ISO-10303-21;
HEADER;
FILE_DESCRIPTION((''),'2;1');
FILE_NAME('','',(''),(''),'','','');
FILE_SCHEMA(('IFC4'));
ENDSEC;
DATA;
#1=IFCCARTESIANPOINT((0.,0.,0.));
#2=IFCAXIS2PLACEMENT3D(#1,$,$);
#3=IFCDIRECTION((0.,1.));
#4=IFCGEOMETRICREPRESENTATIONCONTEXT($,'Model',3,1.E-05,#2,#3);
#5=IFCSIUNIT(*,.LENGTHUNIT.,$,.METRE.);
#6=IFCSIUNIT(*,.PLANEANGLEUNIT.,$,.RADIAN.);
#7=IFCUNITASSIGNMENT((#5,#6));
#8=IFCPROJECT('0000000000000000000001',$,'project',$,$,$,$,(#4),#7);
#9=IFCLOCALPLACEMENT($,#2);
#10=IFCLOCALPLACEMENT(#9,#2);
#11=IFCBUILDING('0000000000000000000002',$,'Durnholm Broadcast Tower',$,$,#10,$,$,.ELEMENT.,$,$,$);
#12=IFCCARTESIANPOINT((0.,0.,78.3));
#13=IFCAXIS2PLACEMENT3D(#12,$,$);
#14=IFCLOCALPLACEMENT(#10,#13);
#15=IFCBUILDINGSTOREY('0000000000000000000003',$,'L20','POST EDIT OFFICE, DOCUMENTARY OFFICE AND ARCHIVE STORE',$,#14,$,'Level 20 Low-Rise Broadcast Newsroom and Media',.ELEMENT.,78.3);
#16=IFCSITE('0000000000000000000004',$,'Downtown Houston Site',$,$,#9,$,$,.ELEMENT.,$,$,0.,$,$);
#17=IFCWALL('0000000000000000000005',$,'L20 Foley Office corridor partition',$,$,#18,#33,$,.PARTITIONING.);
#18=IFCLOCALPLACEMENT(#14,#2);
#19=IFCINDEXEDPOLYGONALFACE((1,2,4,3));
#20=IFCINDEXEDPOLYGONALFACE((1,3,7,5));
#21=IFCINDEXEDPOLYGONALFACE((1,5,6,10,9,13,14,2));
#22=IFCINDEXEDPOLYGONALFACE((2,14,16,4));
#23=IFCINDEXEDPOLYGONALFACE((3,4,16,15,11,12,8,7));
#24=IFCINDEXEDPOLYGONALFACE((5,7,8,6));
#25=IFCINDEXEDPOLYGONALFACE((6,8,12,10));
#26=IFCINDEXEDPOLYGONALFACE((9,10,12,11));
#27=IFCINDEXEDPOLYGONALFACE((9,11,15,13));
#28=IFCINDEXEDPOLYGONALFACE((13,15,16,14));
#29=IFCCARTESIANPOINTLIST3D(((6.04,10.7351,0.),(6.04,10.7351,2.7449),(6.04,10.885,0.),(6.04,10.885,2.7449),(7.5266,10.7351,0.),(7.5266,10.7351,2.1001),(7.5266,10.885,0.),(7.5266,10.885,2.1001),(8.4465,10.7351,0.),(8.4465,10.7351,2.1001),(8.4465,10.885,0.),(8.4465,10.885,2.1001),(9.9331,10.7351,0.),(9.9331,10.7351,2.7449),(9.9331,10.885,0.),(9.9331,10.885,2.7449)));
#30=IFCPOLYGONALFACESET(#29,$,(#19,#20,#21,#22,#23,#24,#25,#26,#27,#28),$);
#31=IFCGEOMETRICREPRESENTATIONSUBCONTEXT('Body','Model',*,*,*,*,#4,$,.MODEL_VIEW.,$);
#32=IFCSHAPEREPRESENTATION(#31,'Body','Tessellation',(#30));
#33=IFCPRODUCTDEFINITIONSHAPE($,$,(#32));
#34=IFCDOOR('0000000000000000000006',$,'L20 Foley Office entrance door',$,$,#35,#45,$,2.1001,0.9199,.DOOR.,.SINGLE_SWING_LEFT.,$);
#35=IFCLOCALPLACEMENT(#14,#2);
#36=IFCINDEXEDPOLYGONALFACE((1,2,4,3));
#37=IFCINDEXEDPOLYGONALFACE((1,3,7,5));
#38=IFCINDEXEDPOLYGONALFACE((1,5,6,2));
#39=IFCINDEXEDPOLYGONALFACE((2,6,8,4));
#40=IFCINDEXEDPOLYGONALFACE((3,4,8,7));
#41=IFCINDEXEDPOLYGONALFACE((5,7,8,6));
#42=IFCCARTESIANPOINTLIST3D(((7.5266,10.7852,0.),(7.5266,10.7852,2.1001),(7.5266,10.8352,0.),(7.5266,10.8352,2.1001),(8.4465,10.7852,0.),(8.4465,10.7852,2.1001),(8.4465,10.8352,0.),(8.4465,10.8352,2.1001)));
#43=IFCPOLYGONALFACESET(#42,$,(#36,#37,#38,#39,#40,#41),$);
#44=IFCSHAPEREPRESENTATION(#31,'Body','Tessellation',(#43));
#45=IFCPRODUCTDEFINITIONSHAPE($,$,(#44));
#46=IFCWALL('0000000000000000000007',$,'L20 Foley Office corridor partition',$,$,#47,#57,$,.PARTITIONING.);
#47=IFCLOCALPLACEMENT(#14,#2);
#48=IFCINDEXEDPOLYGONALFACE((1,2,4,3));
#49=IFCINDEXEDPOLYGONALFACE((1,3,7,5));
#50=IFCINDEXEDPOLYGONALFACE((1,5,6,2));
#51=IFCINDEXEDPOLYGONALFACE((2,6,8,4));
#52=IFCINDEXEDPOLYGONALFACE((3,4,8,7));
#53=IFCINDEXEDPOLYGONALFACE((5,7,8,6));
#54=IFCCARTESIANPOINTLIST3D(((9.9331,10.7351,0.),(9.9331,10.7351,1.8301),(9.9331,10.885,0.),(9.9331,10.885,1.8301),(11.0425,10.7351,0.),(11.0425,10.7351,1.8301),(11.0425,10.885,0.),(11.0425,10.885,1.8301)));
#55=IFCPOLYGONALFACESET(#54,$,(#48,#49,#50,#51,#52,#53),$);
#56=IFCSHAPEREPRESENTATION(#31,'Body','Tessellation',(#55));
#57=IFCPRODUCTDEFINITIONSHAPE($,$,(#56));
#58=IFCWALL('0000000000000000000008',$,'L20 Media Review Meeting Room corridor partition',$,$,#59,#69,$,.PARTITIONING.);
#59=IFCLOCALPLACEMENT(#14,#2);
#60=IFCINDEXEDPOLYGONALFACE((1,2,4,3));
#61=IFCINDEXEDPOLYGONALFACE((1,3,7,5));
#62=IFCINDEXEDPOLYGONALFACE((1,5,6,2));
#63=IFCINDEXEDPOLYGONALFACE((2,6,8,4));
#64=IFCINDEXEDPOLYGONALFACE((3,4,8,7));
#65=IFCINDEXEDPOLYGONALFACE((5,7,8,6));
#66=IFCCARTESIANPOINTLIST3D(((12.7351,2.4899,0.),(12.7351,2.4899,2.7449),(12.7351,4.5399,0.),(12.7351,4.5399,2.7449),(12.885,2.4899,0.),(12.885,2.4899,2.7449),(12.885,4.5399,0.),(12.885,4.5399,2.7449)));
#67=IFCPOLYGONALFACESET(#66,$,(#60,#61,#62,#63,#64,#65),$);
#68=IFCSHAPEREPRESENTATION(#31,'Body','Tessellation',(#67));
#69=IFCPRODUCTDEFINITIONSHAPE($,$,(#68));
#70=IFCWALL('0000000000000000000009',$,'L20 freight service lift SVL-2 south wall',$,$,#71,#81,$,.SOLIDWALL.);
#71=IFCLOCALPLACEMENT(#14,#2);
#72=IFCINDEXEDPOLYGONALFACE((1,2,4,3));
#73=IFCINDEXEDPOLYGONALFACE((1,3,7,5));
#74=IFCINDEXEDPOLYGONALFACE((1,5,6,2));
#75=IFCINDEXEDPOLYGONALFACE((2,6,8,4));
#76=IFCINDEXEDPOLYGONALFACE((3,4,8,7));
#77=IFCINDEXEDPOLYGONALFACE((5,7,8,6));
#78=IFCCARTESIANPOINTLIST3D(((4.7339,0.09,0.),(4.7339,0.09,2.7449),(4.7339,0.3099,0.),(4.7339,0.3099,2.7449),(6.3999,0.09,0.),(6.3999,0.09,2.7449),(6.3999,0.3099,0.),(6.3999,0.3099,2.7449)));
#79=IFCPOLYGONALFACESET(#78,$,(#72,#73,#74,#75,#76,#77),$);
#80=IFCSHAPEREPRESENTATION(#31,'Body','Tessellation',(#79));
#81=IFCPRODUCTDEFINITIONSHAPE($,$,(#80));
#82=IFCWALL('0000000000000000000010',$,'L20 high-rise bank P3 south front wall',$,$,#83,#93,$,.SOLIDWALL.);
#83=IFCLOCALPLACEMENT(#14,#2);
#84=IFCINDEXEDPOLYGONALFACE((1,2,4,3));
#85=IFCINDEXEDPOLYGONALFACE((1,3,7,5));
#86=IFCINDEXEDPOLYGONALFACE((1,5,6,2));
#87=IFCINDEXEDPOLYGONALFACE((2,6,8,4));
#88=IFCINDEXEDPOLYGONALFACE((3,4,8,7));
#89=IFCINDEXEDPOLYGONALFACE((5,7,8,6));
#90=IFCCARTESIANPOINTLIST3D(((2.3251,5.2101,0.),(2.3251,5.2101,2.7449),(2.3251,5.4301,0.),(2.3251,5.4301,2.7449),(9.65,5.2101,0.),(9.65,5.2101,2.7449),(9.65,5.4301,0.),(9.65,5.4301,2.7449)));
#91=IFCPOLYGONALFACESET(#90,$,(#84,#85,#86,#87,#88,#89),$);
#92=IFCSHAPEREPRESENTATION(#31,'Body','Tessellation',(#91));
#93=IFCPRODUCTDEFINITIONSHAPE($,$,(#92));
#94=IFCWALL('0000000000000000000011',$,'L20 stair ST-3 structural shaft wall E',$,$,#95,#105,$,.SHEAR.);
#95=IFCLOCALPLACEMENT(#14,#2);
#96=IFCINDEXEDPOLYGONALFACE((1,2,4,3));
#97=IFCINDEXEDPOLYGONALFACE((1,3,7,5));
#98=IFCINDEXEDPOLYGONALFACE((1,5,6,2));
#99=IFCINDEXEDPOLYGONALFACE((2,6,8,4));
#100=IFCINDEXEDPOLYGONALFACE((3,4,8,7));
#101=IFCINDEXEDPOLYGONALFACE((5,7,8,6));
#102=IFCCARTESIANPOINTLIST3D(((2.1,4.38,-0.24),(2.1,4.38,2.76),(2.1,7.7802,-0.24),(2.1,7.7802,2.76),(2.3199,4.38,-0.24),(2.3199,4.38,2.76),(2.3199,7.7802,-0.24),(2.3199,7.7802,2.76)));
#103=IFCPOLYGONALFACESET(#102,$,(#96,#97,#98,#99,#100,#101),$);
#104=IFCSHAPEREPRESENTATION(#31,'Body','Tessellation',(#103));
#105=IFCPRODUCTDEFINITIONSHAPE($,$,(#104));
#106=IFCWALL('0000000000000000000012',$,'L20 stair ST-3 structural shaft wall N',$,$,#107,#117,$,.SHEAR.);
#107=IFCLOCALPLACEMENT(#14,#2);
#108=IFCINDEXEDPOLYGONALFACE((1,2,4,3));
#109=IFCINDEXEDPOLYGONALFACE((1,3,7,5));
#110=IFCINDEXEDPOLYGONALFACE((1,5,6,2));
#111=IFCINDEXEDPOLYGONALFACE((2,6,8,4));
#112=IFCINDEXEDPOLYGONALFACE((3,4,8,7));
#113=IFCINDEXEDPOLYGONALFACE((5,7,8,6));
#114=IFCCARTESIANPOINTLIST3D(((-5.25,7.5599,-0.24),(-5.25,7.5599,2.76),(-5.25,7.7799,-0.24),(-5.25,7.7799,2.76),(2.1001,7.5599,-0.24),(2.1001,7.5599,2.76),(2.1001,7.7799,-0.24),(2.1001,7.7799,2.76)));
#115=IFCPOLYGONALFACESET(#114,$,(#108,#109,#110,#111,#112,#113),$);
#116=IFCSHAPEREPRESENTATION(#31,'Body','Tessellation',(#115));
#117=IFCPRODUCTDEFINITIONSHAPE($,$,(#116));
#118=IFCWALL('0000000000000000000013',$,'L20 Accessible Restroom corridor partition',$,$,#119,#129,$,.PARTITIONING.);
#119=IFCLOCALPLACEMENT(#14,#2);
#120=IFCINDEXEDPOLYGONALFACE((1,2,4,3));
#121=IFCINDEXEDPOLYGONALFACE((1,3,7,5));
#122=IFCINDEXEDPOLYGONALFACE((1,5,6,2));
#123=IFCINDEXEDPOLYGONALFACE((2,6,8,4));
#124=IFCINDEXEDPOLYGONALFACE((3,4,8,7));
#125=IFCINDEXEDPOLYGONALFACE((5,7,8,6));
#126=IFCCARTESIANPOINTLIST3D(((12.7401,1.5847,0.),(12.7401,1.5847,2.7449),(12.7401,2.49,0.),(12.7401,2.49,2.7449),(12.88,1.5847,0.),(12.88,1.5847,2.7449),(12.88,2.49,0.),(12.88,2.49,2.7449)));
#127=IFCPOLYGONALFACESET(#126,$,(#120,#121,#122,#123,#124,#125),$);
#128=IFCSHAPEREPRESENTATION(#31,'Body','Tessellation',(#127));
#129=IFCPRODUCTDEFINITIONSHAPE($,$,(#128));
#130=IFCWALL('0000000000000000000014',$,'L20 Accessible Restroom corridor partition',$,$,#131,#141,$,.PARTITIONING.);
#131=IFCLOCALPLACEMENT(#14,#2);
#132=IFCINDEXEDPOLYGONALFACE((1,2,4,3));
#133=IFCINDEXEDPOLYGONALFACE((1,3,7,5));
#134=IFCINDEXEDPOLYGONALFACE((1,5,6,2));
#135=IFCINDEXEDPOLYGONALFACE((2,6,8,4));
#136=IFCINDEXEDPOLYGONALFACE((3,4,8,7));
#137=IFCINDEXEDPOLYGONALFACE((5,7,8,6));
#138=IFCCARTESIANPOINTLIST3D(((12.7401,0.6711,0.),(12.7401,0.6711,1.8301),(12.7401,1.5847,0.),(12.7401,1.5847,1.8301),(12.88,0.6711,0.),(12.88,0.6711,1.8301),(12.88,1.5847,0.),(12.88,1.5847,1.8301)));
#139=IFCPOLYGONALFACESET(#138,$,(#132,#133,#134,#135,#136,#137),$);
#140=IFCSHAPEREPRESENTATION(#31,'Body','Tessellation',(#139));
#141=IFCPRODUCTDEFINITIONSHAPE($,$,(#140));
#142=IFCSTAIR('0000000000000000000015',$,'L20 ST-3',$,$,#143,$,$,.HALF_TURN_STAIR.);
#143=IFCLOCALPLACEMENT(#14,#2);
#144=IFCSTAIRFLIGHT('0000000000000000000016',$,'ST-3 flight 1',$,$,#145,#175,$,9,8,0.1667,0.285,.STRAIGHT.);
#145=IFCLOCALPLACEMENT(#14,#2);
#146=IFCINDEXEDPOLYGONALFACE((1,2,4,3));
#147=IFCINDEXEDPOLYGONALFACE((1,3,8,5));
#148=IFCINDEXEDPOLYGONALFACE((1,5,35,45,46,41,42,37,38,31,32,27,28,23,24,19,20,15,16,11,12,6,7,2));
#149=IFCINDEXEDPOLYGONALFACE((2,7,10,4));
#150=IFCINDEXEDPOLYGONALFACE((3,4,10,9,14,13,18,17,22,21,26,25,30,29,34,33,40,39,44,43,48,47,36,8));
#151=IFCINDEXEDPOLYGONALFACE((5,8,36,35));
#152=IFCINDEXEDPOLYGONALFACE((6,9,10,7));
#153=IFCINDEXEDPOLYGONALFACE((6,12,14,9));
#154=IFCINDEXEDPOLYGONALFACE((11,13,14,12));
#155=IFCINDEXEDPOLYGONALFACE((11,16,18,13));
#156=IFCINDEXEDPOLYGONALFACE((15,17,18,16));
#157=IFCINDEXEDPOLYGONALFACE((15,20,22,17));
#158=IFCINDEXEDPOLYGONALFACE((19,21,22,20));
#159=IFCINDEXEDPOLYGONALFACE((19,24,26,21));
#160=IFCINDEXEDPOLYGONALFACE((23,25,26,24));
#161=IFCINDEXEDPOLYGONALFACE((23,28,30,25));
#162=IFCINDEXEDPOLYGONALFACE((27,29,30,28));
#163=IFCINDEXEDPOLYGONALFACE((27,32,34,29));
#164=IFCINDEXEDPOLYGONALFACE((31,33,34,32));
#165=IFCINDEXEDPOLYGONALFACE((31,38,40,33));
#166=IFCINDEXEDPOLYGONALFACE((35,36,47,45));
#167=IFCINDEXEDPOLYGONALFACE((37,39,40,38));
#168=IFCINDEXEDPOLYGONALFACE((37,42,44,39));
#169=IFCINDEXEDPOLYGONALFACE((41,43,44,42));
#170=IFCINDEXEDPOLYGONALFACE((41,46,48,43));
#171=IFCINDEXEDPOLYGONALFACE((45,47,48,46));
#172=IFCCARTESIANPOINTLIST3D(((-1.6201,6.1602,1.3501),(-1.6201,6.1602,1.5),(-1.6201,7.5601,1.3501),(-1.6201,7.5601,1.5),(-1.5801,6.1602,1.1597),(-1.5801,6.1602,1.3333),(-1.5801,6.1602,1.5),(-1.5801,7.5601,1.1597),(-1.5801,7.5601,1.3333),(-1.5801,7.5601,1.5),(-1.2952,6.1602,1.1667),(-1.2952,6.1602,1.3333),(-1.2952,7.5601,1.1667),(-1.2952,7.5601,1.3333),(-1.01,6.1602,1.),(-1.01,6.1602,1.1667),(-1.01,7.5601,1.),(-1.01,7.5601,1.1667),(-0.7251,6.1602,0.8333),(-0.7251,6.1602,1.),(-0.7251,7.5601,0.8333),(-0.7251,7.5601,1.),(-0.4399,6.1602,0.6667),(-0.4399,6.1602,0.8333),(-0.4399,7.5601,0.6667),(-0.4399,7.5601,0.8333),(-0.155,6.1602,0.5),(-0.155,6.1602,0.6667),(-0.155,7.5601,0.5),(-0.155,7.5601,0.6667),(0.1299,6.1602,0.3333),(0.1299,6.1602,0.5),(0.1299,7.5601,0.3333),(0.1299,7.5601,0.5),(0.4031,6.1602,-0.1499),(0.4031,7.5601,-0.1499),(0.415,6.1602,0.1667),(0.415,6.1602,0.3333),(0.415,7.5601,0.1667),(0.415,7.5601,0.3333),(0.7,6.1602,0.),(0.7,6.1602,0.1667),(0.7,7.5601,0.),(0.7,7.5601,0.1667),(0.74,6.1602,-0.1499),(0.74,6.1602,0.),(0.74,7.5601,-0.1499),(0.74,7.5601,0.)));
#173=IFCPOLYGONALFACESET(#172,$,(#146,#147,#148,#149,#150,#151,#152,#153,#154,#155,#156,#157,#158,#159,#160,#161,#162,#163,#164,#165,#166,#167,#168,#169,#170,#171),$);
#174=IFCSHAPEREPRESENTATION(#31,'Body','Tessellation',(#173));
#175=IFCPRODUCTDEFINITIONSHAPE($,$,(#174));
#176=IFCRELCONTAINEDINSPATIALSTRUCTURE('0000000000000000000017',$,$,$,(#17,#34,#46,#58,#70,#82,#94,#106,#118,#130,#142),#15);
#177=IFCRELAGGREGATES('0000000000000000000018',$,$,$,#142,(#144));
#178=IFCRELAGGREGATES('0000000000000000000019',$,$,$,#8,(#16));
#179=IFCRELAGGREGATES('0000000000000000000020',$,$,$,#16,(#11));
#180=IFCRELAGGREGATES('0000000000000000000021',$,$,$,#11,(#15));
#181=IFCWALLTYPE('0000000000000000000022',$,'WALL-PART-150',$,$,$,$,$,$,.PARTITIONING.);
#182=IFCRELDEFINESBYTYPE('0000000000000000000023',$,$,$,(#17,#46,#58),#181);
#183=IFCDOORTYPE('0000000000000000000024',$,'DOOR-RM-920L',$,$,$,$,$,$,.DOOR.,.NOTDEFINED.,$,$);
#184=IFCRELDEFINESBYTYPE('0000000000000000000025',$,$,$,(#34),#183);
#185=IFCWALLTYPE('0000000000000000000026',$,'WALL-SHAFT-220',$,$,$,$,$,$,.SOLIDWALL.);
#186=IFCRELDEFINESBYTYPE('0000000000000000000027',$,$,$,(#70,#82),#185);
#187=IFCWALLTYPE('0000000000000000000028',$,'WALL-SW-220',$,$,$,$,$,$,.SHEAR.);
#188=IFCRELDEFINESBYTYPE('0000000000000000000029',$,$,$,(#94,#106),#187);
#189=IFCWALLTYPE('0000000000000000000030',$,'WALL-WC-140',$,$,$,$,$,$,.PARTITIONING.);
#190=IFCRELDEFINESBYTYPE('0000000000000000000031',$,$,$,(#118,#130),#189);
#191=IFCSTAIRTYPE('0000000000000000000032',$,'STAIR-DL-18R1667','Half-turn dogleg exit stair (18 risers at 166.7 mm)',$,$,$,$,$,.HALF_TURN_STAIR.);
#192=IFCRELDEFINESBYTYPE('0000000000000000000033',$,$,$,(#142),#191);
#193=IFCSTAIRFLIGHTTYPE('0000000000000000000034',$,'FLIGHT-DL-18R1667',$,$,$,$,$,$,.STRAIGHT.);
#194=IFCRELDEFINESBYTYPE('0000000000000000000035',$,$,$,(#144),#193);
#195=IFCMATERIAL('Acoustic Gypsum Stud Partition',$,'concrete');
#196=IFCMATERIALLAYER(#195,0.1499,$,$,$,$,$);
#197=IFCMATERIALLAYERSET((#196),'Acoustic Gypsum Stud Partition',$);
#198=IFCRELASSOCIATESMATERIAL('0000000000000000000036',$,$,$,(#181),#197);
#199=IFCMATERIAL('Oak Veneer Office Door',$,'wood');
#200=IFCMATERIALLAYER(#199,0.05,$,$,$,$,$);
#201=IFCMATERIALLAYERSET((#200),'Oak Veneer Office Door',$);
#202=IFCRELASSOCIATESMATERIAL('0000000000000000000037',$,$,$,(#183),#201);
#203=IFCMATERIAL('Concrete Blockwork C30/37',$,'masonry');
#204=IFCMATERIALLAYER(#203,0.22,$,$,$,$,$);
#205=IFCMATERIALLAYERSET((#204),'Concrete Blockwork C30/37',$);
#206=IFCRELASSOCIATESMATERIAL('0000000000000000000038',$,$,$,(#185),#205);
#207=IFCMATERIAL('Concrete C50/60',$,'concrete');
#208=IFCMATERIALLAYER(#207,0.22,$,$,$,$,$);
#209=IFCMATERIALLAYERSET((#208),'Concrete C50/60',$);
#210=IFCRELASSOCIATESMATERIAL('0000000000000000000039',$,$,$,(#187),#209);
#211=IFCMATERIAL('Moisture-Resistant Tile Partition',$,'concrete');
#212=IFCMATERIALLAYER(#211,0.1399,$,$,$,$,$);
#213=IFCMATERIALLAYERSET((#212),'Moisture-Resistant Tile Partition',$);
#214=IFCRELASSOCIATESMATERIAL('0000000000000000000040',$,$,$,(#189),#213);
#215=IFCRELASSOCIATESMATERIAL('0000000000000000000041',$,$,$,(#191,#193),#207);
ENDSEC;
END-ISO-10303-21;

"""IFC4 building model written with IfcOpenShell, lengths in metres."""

from ifc_helpers import new_model, si_unit, direction, frame, frame_2d, origin, place, context, subcontext, project, spatial, polyline, rectangle, outline, extrude, source, transform, mapped, material, layer, layer_set, type_object, type_shapes, element, fill, aggregate, save


model = new_model("IFC4")

# Units and contexts
model_context = context("Model", 3, precision=1e-05, world=origin(), true_north=direction((0.0, 1.0)))
body_context = subcontext(model_context, "Body", "Model", "MODEL_VIEW")
ifc_project = project(units=[si_unit("LENGTHUNIT", "METRE"), si_unit("PLANEANGLEUNIT", "RADIAN")], contexts=[model_context])

# Site, building, storey
site_placement = place(None, origin())
site = spatial("IfcSite", under=ifc_project, at=site_placement, Name="Downtown Houston Site", CompositionType="ELEMENT", RefElevation=0.0)
building_placement = place(site_placement, origin())
building = spatial("IfcBuilding", under=site, at=building_placement, Name="Durnholm Broadcast Tower", CompositionType="ELEMENT")
storey_placement = place(building_placement, frame((0.0, 0.0, 78.3)))
storey = spatial("IfcBuildingStorey", under=building, at=storey_placement, Name="L20", Description="POST EDIT OFFICE, DOCUMENTARY OFFICE AND ARCHIVE STORE", LongName="Level 20 Low-Rise Broadcast Newsroom and Media", CompositionType="ELEMENT", Elevation=78.3)

# Shared definitions
ifc_material_1 = material(Name="Acoustic Gypsum Stud Partition", Category="concrete")
ifc_layer_1 = layer(ifc_material_1, 0.1499)
ifc_layer_set_1 = layer_set([ifc_layer_1], Name="Acoustic Gypsum Stud Partition")
wall_type_1 = type_object("IfcWallType", Name="WALL-PART-150", PredefinedType="PARTITIONING", material=ifc_layer_set_1)

# Wall, opening, door
wall_1_placement = place(storey_placement, frame((9.9331, 10.8101, 0.0), z_axis=(0.0, 0.0, 1.0), x_axis=(-1.0, 0.0, 0.0)))
wall_1 = element("IfcWall", 1, at=wall_1_placement, inside=storey, type_object=wall_type_1, Name="L20 Foley Office corridor partition", PredefinedType="PARTITIONING", context=body_context, shape_type="SweptSolid", body=[
    extrude(rectangle(XDim=3.8931, YDim=0.1499, at=frame_2d((1.9465, 0.0))), origin(), (0.0, 0.0, 1.0), 2.7449),
])
opening_1_placement = place(wall_1_placement, frame((1.4866, 0.0, 0.0)))
opening_1 = element("IfcOpeningElement", 2, at=opening_1_placement, cuts=wall_1, PredefinedType="OPENING", context=body_context, shape_type="SweptSolid", body=[
    extrude(rectangle(XDim=0.9199, YDim=2.1001, at=frame_2d((0.46, 1.05))), frame((0.0, 0.085, 0.0), z_axis=(0.0, -1.0, 0.0), x_axis=(1.0, 0.0, 0.0)), (0.0, 0.0, 1.0), 0.1699),
])
ifc_material_2 = material(Name="Oak Veneer Office Door", Category="wood")
ifc_layer_2 = layer(ifc_material_2, 0.05)
ifc_layer_set_2 = layer_set([ifc_layer_2], Name="Oak Veneer Office Door")
door_type_1 = type_object("IfcDoorType", Name="DOOR-RM-920L", OperationType="NOTDEFINED", PredefinedType="DOOR", material=ifc_layer_set_2)
shared_shape_1 = source(origin(), body_context, "Body", "SweptSolid", [
    extrude(rectangle(XDim=0.9199, YDim=2.1001, at=frame_2d((0.46, 1.05))), frame((0.0, 0.0249, 0.0), z_axis=(0.0, -1.0, 0.0), x_axis=(1.0, 0.0, 0.0)), (0.0, 0.0, 1.0), 0.05),
])
type_shapes(door_type_1, [shared_shape_1])
door_1_placement = place(opening_1_placement, origin())
door_1 = element("IfcDoor", 3, at=door_1_placement, inside=storey, type_object=door_type_1, Name="L20 Foley Office entrance door", OperationType="SINGLE_SWING_LEFT", OverallHeight=2.1001, OverallWidth=0.9199, PredefinedType="DOOR", context=body_context, shape_type="MappedRepresentation", body=[
    mapped(shared_shape_1, transform((0.0, 0.0, 0.0), x_axis=(1.0, 0.0, 0.0), y_axis=(0.0, 1.0, 0.0), z_axis=(0.0, 0.0, 1.0), scale=1.0)),
])
fill(opening_1, door_1)

# Walls
wall_2_placement = place(storey_placement, frame((11.0425, 10.8101, 0.0), z_axis=(0.0, 0.0, 1.0), x_axis=(-1.0, 0.0, 0.0)))
element("IfcWall", 4, at=wall_2_placement, inside=storey, type_object=wall_type_1, Name="L20 Foley Office corridor partition", PredefinedType="PARTITIONING", context=body_context, shape_type="SweptSolid", body=[
    extrude(rectangle(XDim=1.1094, YDim=0.1499, at=frame_2d((0.5547, 0.0))), origin(), (0.0, 0.0, 1.0), 1.8301),
])
wall_3_placement = place(storey_placement, frame((12.8101, 2.49, 0.0), z_axis=(0.0, 0.0, 1.0), x_axis=(0.0, 1.0, 0.0)))
element("IfcWall", 5, at=wall_3_placement, inside=storey, type_object=wall_type_1, Name="L20 Media Review Meeting Room corridor partition", PredefinedType="PARTITIONING", context=body_context, shape_type="SweptSolid", body=[
    extrude(rectangle(XDim=2.05, YDim=0.1499, at=frame_2d((1.0249, 0.0))), origin(), (0.0, 0.0, 1.0), 2.7449),
])

# Shared definitions
ifc_material_3 = material(Name="Concrete Blockwork C30/37", Category="masonry")
ifc_layer_3 = layer(ifc_material_3, 0.22)
ifc_layer_set_3 = layer_set([ifc_layer_3], Name="Concrete Blockwork C30/37")
wall_type_2 = type_object("IfcWallType", Name="WALL-SHAFT-220", PredefinedType="SOLIDWALL", material=ifc_layer_set_3)

# Walls
wall_4_placement = place(storey_placement, frame((4.7339, 0.2, 0.0), z_axis=(0.0, 0.0, 1.0), x_axis=(1.0, 0.0, 0.0)))
element("IfcWall", 6, at=wall_4_placement, inside=storey, type_object=wall_type_2, Name="L20 freight service lift SVL-2 south wall", PredefinedType="SOLIDWALL", context=body_context, shape_type="SweptSolid", body=[
    extrude(rectangle(XDim=1.666, YDim=0.22, at=frame_2d((0.833, 0.0))), origin(), (0.0, 0.0, 1.0), 2.7449),
])
wall_5_placement = place(storey_placement, frame((2.325, 5.3201, 0.0), z_axis=(0.0, 0.0, 1.0), x_axis=(1.0, 0.0, 0.0)))
element("IfcWall", 7, at=wall_5_placement, inside=storey, type_object=wall_type_2, Name="L20 high-rise bank P3 south front wall", PredefinedType="SOLIDWALL", context=body_context, shape_type="SweptSolid", body=[
    extrude(rectangle(XDim=7.325, YDim=0.22, at=frame_2d((3.6626, 0.0))), origin(), (0.0, 0.0, 1.0), 2.7449),
])
ifc_material_4 = material(Name="Concrete C50/60", Category="concrete")
ifc_layer_4 = layer(ifc_material_4, 0.22)
ifc_layer_set_4 = layer_set([ifc_layer_4], Name="Concrete C50/60")
wall_type_3 = type_object("IfcWallType", Name="WALL-SW-220", PredefinedType="SHEAR", material=ifc_layer_set_4)
wall_6_placement = place(storey_placement, frame((2.21, 4.3799, -0.24), z_axis=(0.0, 0.0, 1.0), x_axis=(0.0, 1.0, 0.0)))
element("IfcWall", 8, at=wall_6_placement, inside=storey, type_object=wall_type_3, Name="L20 stair ST-3 structural shaft wall E", PredefinedType="SHEAR", context=body_context, shape_type="SweptSolid", body=[
    extrude(rectangle(XDim=3.4001, YDim=0.22, at=frame_2d((1.7002, 0.0))), origin(), (0.0, 0.0, 1.0), 3.0),
])
wall_7_placement = place(storey_placement, frame((2.1001, 7.6699, -0.24), z_axis=(0.0, 0.0, 1.0), x_axis=(-1.0, 0.0, 0.0)))
element("IfcWall", 9, at=wall_7_placement, inside=storey, type_object=wall_type_3, Name="L20 stair ST-3 structural shaft wall N", PredefinedType="SHEAR", context=body_context, shape_type="SweptSolid", body=[
    extrude(rectangle(XDim=7.3501, YDim=0.22, at=frame_2d((3.675, 0.0))), origin(), (0.0, 0.0, 1.0), 3.0),
])
ifc_material_5 = material(Name="Moisture-Resistant Tile Partition", Category="concrete")
ifc_layer_5 = layer(ifc_material_5, 0.1399)
ifc_layer_set_5 = layer_set([ifc_layer_5], Name="Moisture-Resistant Tile Partition")
wall_type_4 = type_object("IfcWallType", Name="WALL-WC-140", PredefinedType="PARTITIONING", material=ifc_layer_set_5)
wall_8_placement = place(storey_placement, frame((12.8101, 1.5847, 0.0), z_axis=(0.0, 0.0, 1.0), x_axis=(0.0, 1.0, 0.0)))
element("IfcWall", 10, at=wall_8_placement, inside=storey, type_object=wall_type_4, Name="L20 Accessible Restroom corridor partition", PredefinedType="PARTITIONING", context=body_context, shape_type="SweptSolid", body=[
    extrude(rectangle(XDim=0.9053, YDim=0.1399, at=frame_2d((0.4526, 0.0))), origin(), (0.0, 0.0, 1.0), 2.7449),
])
wall_9_placement = place(storey_placement, frame((12.8101, 0.6711, 0.0), z_axis=(0.0, 0.0, 1.0), x_axis=(0.0, 1.0, 0.0)))
element("IfcWall", 11, at=wall_9_placement, inside=storey, type_object=wall_type_4, Name="L20 Accessible Restroom corridor partition", PredefinedType="PARTITIONING", context=body_context, shape_type="SweptSolid", body=[
    extrude(rectangle(XDim=0.9136, YDim=0.1399, at=frame_2d((0.4568, 0.0))), origin(), (0.0, 0.0, 1.0), 1.8301),
])

# Stair, stair flight
stair_type = type_object("IfcStairType", Name="STAIR-DL-18R1667", Description="Half-turn dogleg exit stair (18 risers at 166.7 mm)", PredefinedType="HALF_TURN_STAIR", material=ifc_material_4)
stair_placement = place(storey_placement, origin())
stair = element("IfcStair", 12, at=stair_placement, inside=storey, type_object=stair_type, Name="L20 ST-3", PredefinedType="HALF_TURN_STAIR")
stair_flight_type = type_object("IfcStairFlightType", Name="FLIGHT-DL-18R1667", PredefinedType="STRAIGHT", material=ifc_material_4)
stair_flight_placement = place(storey_placement, frame((0.7, 6.8601, 0.0), z_axis=(0.0, 0.0, 1.0), x_axis=(-1.0, 0.0, 0.0)))
stair_flight = element("IfcStairFlight", 13, at=stair_flight_placement, type_object=stair_flight_type, Name="ST-3 flight 1", NumberOfRisers=9, NumberOfTreads=8, PredefinedType="STRAIGHT", RiserHeight=0.1667, TreadLength=0.285, context=body_context, shape_type="SweptSolid", body=[
    extrude(outline(polyline([(-0.04, -0.1499), (-0.04, 0.0), (0.0, 0.0), (0.0, 0.1667), (0.2849, 0.1667), (0.2849, 0.3333), (0.5701, 0.3333), (0.5701, 0.5), (0.855, 0.5), (0.855, 0.6667), (1.1399, 0.6667), (1.1399, 0.8333), (1.425, 0.8333), (1.425, 1.0), (1.71, 1.0), (1.71, 1.1667), (1.9951, 1.1667), (1.9951, 1.3333), (2.28, 1.3333), (2.28, 1.5), (2.3201, 1.5), (2.3201, 1.3501), (2.28, 1.1597), (0.2969, -0.1499), (-0.04, -0.1499)])), frame((0.0, 0.7, 0.0), z_axis=(0.0, -1.0, 0.0), x_axis=(1.0, 0.0, 0.0)), (0.0, 0.0, 1.0), 1.3999),
])
aggregate(stair, [stair_flight])

save(model, "model.ifc")
